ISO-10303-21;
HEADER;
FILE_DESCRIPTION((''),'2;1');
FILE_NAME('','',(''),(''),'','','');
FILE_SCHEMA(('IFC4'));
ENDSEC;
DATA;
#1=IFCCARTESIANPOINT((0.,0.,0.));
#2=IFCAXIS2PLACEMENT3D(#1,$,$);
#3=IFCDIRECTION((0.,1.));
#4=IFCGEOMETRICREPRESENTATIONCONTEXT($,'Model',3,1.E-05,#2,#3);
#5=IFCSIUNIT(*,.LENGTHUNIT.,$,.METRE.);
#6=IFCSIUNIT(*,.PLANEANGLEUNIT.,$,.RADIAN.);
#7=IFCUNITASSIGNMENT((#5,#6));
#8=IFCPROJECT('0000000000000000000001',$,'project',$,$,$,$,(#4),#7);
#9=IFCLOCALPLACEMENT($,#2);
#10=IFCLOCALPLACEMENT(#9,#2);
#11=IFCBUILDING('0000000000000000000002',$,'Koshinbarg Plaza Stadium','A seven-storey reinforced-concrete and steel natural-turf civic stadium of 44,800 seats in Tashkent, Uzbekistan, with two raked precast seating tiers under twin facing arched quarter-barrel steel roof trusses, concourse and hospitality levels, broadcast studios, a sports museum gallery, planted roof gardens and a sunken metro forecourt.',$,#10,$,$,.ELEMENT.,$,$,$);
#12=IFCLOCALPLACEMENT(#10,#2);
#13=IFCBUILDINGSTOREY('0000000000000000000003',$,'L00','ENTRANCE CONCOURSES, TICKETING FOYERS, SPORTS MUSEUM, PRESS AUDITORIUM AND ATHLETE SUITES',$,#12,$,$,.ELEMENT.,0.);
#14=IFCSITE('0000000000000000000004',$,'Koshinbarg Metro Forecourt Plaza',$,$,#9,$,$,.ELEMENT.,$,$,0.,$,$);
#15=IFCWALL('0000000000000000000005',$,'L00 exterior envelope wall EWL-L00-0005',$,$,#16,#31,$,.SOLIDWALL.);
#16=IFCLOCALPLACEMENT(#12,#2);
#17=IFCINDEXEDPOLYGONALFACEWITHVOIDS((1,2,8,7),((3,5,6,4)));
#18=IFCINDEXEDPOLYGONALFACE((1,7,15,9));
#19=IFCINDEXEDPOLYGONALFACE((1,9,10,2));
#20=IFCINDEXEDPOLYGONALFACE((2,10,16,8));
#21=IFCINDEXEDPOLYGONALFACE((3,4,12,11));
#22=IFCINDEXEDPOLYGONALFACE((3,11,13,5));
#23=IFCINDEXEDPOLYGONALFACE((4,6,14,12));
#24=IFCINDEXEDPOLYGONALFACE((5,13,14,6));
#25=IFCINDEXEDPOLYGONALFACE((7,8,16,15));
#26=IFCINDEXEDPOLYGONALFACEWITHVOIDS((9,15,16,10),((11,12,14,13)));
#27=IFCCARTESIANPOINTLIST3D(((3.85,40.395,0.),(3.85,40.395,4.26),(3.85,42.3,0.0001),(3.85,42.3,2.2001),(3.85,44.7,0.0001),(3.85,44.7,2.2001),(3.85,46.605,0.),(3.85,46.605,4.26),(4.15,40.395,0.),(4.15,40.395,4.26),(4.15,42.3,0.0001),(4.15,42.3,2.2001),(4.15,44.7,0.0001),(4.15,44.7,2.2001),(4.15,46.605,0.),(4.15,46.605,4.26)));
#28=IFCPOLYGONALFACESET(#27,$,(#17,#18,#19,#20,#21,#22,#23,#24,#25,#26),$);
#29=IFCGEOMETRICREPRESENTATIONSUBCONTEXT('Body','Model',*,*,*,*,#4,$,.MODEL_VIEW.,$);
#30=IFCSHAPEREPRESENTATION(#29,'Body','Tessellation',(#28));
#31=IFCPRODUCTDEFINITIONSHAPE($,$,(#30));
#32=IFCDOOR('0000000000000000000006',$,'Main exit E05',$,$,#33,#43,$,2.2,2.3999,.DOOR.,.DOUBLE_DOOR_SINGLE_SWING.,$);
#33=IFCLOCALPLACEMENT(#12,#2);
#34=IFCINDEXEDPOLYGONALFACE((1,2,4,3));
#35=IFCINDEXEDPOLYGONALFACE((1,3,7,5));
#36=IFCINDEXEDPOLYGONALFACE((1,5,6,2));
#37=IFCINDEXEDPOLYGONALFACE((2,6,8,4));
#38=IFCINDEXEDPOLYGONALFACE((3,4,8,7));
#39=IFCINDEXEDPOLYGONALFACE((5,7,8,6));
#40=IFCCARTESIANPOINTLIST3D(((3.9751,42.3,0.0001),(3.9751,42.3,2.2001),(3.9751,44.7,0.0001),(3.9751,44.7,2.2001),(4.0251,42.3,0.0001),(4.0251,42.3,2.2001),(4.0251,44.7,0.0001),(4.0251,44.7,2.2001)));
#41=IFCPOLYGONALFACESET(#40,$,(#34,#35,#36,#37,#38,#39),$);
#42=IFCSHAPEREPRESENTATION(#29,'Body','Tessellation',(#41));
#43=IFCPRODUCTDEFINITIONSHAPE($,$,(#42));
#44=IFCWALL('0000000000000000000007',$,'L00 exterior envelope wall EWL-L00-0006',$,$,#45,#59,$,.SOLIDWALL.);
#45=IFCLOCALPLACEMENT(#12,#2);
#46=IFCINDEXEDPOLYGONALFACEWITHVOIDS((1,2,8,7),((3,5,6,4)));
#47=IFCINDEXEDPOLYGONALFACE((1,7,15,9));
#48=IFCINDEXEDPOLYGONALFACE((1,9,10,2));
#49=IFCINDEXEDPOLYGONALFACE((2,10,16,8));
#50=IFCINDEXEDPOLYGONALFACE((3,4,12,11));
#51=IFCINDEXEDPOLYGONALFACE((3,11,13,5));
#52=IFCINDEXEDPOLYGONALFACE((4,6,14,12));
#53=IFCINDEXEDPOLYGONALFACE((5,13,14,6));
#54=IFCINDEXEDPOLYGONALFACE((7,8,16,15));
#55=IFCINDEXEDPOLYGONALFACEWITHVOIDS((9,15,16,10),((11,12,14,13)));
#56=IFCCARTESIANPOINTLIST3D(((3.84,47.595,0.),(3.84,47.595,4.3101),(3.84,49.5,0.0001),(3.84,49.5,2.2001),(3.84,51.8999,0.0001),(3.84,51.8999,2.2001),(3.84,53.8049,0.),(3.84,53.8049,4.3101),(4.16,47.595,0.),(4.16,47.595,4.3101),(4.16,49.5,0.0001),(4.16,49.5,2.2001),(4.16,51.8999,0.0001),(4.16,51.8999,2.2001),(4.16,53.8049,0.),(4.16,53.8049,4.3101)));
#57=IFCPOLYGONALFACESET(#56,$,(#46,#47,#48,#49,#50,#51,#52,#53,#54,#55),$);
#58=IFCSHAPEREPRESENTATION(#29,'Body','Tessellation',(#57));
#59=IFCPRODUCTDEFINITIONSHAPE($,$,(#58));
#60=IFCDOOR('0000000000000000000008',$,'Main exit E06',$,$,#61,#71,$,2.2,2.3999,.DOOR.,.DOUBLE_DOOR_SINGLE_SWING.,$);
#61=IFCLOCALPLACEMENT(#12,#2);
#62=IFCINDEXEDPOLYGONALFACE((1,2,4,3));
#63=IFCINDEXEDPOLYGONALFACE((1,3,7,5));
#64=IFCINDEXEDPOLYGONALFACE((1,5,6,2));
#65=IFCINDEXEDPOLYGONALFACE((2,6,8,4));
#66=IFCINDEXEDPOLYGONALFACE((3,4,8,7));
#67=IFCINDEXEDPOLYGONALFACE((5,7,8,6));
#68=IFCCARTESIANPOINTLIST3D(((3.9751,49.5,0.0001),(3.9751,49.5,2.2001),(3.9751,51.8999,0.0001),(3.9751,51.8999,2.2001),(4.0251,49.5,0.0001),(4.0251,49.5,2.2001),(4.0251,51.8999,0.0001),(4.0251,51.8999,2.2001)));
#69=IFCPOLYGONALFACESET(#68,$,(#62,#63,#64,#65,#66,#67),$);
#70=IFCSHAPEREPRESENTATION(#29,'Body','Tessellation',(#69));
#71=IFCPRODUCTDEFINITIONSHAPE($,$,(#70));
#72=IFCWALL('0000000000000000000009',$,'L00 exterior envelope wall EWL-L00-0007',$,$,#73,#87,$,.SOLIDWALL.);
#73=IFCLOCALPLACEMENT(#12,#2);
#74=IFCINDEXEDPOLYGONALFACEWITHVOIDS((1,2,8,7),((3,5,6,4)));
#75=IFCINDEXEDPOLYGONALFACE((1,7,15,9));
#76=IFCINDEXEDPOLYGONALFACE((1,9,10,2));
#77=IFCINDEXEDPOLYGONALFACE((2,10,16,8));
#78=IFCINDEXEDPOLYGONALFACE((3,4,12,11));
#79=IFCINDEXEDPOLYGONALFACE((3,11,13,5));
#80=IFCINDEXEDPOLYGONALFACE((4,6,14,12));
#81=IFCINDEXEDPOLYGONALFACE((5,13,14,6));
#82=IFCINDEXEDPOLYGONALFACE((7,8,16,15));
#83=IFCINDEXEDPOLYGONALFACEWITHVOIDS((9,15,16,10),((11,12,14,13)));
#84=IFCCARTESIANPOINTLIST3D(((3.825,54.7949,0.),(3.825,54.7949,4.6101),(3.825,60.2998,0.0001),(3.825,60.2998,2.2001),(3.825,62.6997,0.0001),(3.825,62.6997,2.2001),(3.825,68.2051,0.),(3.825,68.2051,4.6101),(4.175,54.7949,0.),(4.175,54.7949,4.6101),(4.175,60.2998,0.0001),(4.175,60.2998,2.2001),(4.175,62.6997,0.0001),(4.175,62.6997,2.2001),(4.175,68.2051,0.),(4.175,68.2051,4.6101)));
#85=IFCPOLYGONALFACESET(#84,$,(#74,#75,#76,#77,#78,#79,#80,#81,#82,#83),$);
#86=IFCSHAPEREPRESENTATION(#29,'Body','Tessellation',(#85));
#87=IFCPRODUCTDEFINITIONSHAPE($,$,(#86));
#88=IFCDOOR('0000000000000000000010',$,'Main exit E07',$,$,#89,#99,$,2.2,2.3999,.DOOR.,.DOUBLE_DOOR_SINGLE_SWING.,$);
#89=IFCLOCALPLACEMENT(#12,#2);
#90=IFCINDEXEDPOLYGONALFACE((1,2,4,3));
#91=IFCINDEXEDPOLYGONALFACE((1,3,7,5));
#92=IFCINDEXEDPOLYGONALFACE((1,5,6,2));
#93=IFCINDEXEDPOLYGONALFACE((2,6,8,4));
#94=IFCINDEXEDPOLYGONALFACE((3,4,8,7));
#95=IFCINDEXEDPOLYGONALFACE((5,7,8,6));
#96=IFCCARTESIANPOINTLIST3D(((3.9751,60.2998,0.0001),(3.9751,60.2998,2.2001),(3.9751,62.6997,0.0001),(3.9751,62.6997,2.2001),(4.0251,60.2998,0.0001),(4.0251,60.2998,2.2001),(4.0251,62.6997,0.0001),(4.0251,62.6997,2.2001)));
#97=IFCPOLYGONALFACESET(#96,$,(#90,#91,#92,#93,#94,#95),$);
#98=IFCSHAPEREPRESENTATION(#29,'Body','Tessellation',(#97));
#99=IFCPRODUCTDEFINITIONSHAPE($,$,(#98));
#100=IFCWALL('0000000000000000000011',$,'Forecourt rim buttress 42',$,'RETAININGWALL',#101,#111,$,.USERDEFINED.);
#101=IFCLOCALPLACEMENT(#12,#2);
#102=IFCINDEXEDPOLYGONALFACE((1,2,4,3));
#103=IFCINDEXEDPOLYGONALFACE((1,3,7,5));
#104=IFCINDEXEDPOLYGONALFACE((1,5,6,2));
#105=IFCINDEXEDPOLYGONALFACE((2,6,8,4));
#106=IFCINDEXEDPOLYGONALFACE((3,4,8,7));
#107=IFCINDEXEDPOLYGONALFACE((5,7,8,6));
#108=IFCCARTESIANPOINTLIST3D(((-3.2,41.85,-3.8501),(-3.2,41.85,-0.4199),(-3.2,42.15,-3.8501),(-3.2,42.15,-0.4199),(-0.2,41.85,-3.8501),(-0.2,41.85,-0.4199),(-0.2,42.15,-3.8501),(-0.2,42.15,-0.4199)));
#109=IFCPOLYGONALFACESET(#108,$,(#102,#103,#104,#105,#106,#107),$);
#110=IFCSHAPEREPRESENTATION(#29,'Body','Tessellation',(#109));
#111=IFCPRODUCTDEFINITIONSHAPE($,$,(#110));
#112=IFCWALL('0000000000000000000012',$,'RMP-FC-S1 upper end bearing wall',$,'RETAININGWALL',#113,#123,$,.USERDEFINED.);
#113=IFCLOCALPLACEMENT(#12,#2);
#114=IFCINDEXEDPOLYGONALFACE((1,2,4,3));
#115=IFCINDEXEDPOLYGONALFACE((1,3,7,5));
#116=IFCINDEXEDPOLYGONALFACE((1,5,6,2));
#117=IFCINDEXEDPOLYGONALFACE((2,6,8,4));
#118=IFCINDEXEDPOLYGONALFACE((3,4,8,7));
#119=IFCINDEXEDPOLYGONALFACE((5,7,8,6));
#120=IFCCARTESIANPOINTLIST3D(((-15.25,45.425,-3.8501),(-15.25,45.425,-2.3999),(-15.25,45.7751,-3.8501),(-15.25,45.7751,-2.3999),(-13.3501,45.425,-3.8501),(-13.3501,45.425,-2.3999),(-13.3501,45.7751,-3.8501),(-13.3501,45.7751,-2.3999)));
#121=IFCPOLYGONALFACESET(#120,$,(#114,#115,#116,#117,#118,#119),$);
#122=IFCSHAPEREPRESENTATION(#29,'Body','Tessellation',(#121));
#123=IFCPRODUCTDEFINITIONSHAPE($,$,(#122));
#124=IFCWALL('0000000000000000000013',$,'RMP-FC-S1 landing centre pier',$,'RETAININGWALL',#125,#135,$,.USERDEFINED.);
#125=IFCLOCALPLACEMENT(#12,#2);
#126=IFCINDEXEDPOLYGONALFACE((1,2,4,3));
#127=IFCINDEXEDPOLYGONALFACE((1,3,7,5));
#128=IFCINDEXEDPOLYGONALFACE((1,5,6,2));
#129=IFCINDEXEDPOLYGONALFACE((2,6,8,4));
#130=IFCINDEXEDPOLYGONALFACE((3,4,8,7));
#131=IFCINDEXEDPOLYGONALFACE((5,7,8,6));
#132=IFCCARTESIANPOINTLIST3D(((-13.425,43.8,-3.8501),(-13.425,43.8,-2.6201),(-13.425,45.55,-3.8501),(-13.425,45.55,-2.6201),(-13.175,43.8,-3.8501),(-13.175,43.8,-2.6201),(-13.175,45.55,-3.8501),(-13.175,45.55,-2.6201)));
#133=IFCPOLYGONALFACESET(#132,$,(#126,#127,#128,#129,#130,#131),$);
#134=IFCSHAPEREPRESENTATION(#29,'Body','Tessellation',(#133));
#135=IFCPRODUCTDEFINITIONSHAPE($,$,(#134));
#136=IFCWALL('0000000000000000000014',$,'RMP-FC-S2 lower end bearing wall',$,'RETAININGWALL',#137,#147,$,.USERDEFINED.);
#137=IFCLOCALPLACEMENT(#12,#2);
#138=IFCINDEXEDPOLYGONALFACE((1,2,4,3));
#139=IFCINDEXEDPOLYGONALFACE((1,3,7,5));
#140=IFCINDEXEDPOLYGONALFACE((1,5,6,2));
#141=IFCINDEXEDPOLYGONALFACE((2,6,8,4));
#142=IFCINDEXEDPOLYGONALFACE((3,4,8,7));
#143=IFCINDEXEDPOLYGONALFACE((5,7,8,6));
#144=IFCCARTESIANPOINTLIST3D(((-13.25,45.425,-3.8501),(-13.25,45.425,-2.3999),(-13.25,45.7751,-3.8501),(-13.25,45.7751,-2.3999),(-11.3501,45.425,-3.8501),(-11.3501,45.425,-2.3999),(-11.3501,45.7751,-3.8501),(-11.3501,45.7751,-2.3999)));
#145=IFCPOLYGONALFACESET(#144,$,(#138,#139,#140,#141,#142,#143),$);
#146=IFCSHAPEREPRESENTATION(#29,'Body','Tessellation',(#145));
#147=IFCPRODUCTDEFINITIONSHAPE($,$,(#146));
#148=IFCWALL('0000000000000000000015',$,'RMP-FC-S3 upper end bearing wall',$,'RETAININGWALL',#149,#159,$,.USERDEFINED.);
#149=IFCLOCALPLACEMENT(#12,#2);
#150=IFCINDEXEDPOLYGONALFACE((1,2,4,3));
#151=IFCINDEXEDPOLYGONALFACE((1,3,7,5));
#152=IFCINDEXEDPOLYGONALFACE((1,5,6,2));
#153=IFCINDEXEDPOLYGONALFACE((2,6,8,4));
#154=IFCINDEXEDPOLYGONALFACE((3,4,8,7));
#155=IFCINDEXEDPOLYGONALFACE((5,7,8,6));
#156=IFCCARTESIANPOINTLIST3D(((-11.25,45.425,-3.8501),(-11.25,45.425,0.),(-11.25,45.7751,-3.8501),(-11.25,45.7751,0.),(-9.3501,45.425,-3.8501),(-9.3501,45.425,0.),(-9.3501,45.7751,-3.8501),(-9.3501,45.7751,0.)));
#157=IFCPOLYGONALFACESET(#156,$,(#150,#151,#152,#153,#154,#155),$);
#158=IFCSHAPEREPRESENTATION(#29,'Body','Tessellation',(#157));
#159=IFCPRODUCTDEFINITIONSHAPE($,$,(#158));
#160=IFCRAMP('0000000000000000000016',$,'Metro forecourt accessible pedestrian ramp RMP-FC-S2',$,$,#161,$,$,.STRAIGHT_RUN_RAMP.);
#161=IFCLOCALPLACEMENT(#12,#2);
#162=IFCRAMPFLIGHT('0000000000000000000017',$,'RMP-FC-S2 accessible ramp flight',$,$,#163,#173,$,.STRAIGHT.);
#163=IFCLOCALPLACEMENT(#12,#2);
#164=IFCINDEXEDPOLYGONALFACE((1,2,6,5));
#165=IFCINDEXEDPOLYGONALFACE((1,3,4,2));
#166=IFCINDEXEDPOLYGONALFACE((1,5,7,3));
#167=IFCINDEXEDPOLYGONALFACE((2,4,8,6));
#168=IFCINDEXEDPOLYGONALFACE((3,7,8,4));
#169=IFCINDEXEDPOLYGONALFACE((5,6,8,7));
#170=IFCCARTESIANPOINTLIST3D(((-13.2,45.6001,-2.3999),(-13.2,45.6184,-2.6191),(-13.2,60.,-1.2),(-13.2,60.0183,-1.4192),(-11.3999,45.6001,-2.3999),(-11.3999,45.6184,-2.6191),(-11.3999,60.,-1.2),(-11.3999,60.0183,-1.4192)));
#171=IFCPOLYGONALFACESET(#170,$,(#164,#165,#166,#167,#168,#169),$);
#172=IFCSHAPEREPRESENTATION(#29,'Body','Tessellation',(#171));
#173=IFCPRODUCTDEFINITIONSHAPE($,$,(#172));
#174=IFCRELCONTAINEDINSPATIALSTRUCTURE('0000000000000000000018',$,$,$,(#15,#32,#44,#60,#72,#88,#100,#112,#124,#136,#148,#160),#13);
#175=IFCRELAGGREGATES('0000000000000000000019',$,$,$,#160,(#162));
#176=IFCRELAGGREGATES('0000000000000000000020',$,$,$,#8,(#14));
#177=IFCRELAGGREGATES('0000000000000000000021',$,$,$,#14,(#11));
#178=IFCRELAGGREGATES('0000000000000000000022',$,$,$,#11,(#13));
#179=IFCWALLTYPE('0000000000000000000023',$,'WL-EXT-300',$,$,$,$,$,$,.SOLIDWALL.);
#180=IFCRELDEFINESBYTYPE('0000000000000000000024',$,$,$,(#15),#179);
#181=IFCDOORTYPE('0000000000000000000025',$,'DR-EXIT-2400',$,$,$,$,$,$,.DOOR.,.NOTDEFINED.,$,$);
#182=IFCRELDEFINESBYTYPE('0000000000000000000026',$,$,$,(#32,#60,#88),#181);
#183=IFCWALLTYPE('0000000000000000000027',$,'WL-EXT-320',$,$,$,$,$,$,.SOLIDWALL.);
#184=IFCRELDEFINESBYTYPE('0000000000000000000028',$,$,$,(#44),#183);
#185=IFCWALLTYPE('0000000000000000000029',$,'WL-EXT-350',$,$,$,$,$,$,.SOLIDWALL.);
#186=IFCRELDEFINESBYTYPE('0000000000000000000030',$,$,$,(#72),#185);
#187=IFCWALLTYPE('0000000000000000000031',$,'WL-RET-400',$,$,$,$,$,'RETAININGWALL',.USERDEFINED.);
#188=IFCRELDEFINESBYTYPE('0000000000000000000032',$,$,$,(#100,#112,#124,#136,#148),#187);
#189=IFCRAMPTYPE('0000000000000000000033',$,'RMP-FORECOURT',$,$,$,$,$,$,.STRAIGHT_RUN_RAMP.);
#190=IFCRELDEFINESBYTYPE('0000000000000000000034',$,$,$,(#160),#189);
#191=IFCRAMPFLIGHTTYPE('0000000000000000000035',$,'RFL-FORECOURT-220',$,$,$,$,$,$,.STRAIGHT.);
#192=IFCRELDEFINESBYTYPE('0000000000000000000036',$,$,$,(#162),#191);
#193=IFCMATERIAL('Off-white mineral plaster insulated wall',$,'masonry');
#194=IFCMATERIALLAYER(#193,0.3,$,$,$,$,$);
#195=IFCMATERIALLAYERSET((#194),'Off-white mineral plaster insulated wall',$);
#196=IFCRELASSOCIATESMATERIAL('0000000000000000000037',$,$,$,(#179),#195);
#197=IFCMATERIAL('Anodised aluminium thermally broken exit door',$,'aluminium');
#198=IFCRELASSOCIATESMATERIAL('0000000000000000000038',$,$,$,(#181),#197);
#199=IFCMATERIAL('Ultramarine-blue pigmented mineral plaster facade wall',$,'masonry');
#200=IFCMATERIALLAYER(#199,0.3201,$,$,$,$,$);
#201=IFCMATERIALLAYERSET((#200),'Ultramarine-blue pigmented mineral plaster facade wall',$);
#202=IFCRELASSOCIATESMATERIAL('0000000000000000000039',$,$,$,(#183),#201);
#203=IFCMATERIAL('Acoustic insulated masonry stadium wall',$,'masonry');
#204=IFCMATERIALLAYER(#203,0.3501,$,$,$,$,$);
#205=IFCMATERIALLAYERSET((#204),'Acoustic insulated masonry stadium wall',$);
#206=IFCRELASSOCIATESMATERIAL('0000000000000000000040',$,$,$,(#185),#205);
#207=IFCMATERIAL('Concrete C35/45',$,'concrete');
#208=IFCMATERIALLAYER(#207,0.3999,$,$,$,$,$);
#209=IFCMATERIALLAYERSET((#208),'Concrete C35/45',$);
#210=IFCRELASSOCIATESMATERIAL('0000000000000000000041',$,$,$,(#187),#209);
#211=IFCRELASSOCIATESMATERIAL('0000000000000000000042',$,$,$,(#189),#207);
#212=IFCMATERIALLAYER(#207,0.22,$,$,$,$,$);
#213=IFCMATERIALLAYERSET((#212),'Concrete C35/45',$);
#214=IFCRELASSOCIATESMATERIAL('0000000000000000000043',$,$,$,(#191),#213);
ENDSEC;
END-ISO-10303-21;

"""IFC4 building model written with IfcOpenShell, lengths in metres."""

from ifc_helpers import new_model, si_unit, direction, frame, frame_2d, origin, place, context, subcontext, project, spatial, polyline, rectangle, outline, extrude, material, layer, layer_set, type_object, element, fill, aggregate, save


model = new_model("IFC4")

# Units and contexts
model_context = context("Model", 3, precision=1e-05, world=origin(), true_north=direction((0.0, 1.0)))
body_context = subcontext(model_context, "Body", "Model", "MODEL_VIEW")
ifc_project = project(units=[si_unit("LENGTHUNIT", "METRE"), si_unit("PLANEANGLEUNIT", "RADIAN")], contexts=[model_context])

# Site, building, storey
site_placement = place(None, origin())
site = spatial("IfcSite", under=ifc_project, at=site_placement, Name="Koshinbarg Metro Forecourt Plaza", CompositionType="ELEMENT", RefElevation=0.0)
building_placement = place(site_placement, origin())
building = spatial("IfcBuilding", under=site, at=building_placement, Name="Koshinbarg Plaza Stadium", Description="A seven-storey reinforced-concrete and steel natural-turf civic stadium of 44,800 seats in Tashkent, Uzbekistan, with two raked precast seating tiers under twin facing arched quarter-barrel steel roof trusses, concourse and hospitality levels, broadcast studios, a sports museum gallery, planted roof gardens and a sunken metro forecourt.", CompositionType="ELEMENT")
storey_placement = place(building_placement, origin())
storey = spatial("IfcBuildingStorey", under=building, at=storey_placement, Name="L00", Description="ENTRANCE CONCOURSES, TICKETING FOYERS, SPORTS MUSEUM, PRESS AUDITORIUM AND ATHLETE SUITES", CompositionType="ELEMENT", Elevation=0.0)

# Shared definitions
ifc_material_1 = material(Name="Concrete C35/45", Category="concrete")

# Walls, openings, doors
ifc_material_2 = material(Name="Off-white mineral plaster insulated wall", Category="masonry")
ifc_layer_1 = layer(ifc_material_2, 0.3)
ifc_layer_set_1 = layer_set([ifc_layer_1], Name="Off-white mineral plaster insulated wall")
wall_type_1 = type_object("IfcWallType", Name="WL-EXT-300", PredefinedType="SOLIDWALL", material=ifc_layer_set_1)
wall_1_placement = place(storey_placement, frame((4.0, 40.395, 0.0), z_axis=(0.0, 0.0, 1.0), x_axis=(0.0, 1.0, 0.0)))
wall_1 = element("IfcWall", 1, at=wall_1_placement, inside=storey, type_object=wall_type_1, Name="L00 exterior envelope wall EWL-L00-0005", PredefinedType="SOLIDWALL", context=body_context, shape_type="SweptSolid", body=[
    extrude(rectangle(XDim=6.21, YDim=0.3, at=frame_2d((3.105, 0.0))), origin(), (0.0, 0.0, 1.0), 4.26),
])
opening_1_placement = place(wall_1_placement, frame((1.905, 0.0, 0.0)))
opening_1 = element("IfcOpeningElement", 2, at=opening_1_placement, cuts=wall_1, PredefinedType="OPENING", context=body_context, shape_type="SweptSolid", body=[
    extrude(rectangle(XDim=2.3999, YDim=2.2, at=frame_2d((1.2, 1.1001))), frame((0.0, 0.1599, 0.0), z_axis=(0.0, -1.0, 0.0), x_axis=(1.0, 0.0, 0.0)), (0.0, 0.0, 1.0), 0.3201),
])
ifc_material_3 = material(Name="Anodised aluminium thermally broken exit door", Category="aluminium")
door_type = type_object("IfcDoorType", Name="DR-EXIT-2400", OperationType="NOTDEFINED", PredefinedType="DOOR", material=ifc_material_3)
door_1_placement = place(opening_1_placement, origin())
door_1 = element("IfcDoor", 3, at=door_1_placement, inside=storey, type_object=door_type, Name="Main exit E05", OperationType="DOUBLE_DOOR_SINGLE_SWING", OverallHeight=2.2, OverallWidth=2.3999, PredefinedType="DOOR", context=body_context, shape_type="SweptSolid", body=[
    extrude(rectangle(XDim=2.3999, YDim=2.2, at=frame_2d((1.2, 1.1001))), frame((0.0, 0.0249, 0.0), z_axis=(0.0, -1.0, 0.0), x_axis=(1.0, 0.0, 0.0)), (0.0, 0.0, 1.0), 0.05),
])
fill(opening_1, door_1)
ifc_material_4 = material(Name="Ultramarine-blue pigmented mineral plaster facade wall", Category="masonry")
ifc_layer_2 = layer(ifc_material_4, 0.3201)
ifc_layer_set_2 = layer_set([ifc_layer_2], Name="Ultramarine-blue pigmented mineral plaster facade wall")
wall_type_2 = type_object("IfcWallType", Name="WL-EXT-320", PredefinedType="SOLIDWALL", material=ifc_layer_set_2)
wall_2_placement = place(storey_placement, frame((4.0, 47.595, 0.0), z_axis=(0.0, 0.0, 1.0), x_axis=(0.0, 1.0, 0.0)))
wall_2 = element("IfcWall", 4, at=wall_2_placement, inside=storey, type_object=wall_type_2, Name="L00 exterior envelope wall EWL-L00-0006", PredefinedType="SOLIDWALL", context=body_context, shape_type="SweptSolid", body=[
    extrude(rectangle(XDim=6.21, YDim=0.3201, at=frame_2d((3.105, 0.0))), origin(), (0.0, 0.0, 1.0), 4.3101),
])
opening_2_placement = place(wall_2_placement, frame((1.905, 0.0, 0.0)))
opening_2 = element("IfcOpeningElement", 5, at=opening_2_placement, cuts=wall_2, PredefinedType="OPENING", context=body_context, shape_type="SweptSolid", body=[
    extrude(rectangle(XDim=2.3999, YDim=2.2, at=frame_2d((1.2, 1.1001))), frame((0.0, 0.1699, 0.0), z_axis=(0.0, -1.0, 0.0), x_axis=(1.0, 0.0, 0.0)), (0.0, 0.0, 1.0), 0.3401),
])
door_2_placement = place(opening_2_placement, origin())
door_2 = element("IfcDoor", 6, at=door_2_placement, inside=storey, type_object=door_type, Name="Main exit E06", OperationType="DOUBLE_DOOR_SINGLE_SWING", OverallHeight=2.2, OverallWidth=2.3999, PredefinedType="DOOR", context=body_context, shape_type="SweptSolid", body=[
    extrude(rectangle(XDim=2.3999, YDim=2.2, at=frame_2d((1.2, 1.1001))), frame((0.0, 0.0249, 0.0), z_axis=(0.0, -1.0, 0.0), x_axis=(1.0, 0.0, 0.0)), (0.0, 0.0, 1.0), 0.05),
])
fill(opening_2, door_2)
ifc_material_5 = material(Name="Acoustic insulated masonry stadium wall", Category="masonry")
ifc_layer_3 = layer(ifc_material_5, 0.3501)
ifc_layer_set_3 = layer_set([ifc_layer_3], Name="Acoustic insulated masonry stadium wall")
wall_type_3 = type_object("IfcWallType", Name="WL-EXT-350", PredefinedType="SOLIDWALL", material=ifc_layer_set_3)
wall_3_placement = place(storey_placement, frame((4.0, 54.7949, 0.0), z_axis=(0.0, 0.0, 1.0), x_axis=(0.0, 1.0, 0.0)))
wall_3 = element("IfcWall", 7, at=wall_3_placement, inside=storey, type_object=wall_type_3, Name="L00 exterior envelope wall EWL-L00-0007", PredefinedType="SOLIDWALL", context=body_context, shape_type="SweptSolid", body=[
    extrude(rectangle(XDim=13.4102, YDim=0.3501, at=frame_2d((6.7051, 0.0))), origin(), (0.0, 0.0, 1.0), 4.6101),
])
opening_3_placement = place(wall_3_placement, frame((5.5049, 0.0, 0.0)))
opening_3 = element("IfcOpeningElement", 8, at=opening_3_placement, cuts=wall_3, PredefinedType="OPENING", context=body_context, shape_type="SweptSolid", body=[
    extrude(rectangle(XDim=2.3999, YDim=2.2, at=frame_2d((1.2, 1.1001))), frame((0.0, 0.1851, 0.0), z_axis=(0.0, -1.0, 0.0), x_axis=(1.0, 0.0, 0.0)), (0.0, 0.0, 1.0), 0.3701),
])
door_3_placement = place(opening_3_placement, origin())
door_3 = element("IfcDoor", 9, at=door_3_placement, inside=storey, type_object=door_type, Name="Main exit E07", OperationType="DOUBLE_DOOR_SINGLE_SWING", OverallHeight=2.2, OverallWidth=2.3999, PredefinedType="DOOR", context=body_context, shape_type="SweptSolid", body=[
    extrude(rectangle(XDim=2.3999, YDim=2.2, at=frame_2d((1.2, 1.1001))), frame((0.0, 0.0249, 0.0), z_axis=(0.0, -1.0, 0.0), x_axis=(1.0, 0.0, 0.0)), (0.0, 0.0, 1.0), 0.05),
])
fill(opening_3, door_3)

# Walls
ifc_layer_4 = layer(ifc_material_1, 0.3999)
ifc_layer_set_4 = layer_set([ifc_layer_4], Name="Concrete C35/45")
wall_type_4 = type_object("IfcWallType", Name="WL-RET-400", ElementType="RETAININGWALL", PredefinedType="USERDEFINED", material=ifc_layer_set_4)
wall_4_placement = place(storey_placement, frame((-3.2, 42.0, -3.8501), z_axis=(0.0, 0.0, 1.0), x_axis=(1.0, 0.0, 0.0)))
element("IfcWall", 10, at=wall_4_placement, inside=storey, type_object=wall_type_4, Name="Forecourt rim buttress 42", ObjectType="RETAININGWALL", PredefinedType="USERDEFINED", context=body_context, shape_type="SweptSolid", body=[
    extrude(rectangle(XDim=3.0, YDim=0.3, at=frame_2d((1.5, 0.0))), origin(), (0.0, 0.0, 1.0), 3.4302),
])
wall_5_placement = place(storey_placement, frame((-15.25, 45.6001, -3.8501), z_axis=(0.0, 0.0, 1.0), x_axis=(1.0, 0.0, 0.0)))
element("IfcWall", 11, at=wall_5_placement, inside=storey, type_object=wall_type_4, Name="RMP-FC-S1 upper end bearing wall", ObjectType="RETAININGWALL", PredefinedType="USERDEFINED", context=body_context, shape_type="SweptSolid", body=[
    extrude(rectangle(XDim=1.8999, YDim=0.3501, at=frame_2d((0.95, 0.0))), origin(), (0.0, 0.0, 1.0), 1.4502),
])
wall_6_placement = place(storey_placement, frame((-13.3, 43.8, -3.8501), z_axis=(0.0, 0.0, 1.0), x_axis=(0.0, 1.0, 0.0)))
element("IfcWall", 12, at=wall_6_placement, inside=storey, type_object=wall_type_4, Name="RMP-FC-S1 landing centre pier", ObjectType="RETAININGWALL", PredefinedType="USERDEFINED", context=body_context, shape_type="SweptSolid", body=[
    extrude(rectangle(XDim=1.75, YDim=0.25, at=frame_2d((0.875, 0.0))), origin(), (0.0, 0.0, 1.0), 1.23),
])
wall_7_placement = place(storey_placement, frame((-13.25, 45.6001, -3.8501), z_axis=(0.0, 0.0, 1.0), x_axis=(1.0, 0.0, 0.0)))
element("IfcWall", 13, at=wall_7_placement, inside=storey, type_object=wall_type_4, Name="RMP-FC-S2 lower end bearing wall", ObjectType="RETAININGWALL", PredefinedType="USERDEFINED", context=body_context, shape_type="SweptSolid", body=[
    extrude(rectangle(XDim=1.8999, YDim=0.3501, at=frame_2d((0.95, 0.0))), origin(), (0.0, 0.0, 1.0), 1.4502),
])
wall_8_placement = place(storey_placement, frame((-11.25, 45.6001, -3.8501), z_axis=(0.0, 0.0, 1.0), x_axis=(1.0, 0.0, 0.0)))
element("IfcWall", 14, at=wall_8_placement, inside=storey, type_object=wall_type_4, Name="RMP-FC-S3 upper end bearing wall", ObjectType="RETAININGWALL", PredefinedType="USERDEFINED", context=body_context, shape_type="SweptSolid", body=[
    extrude(rectangle(XDim=1.8999, YDim=0.3501, at=frame_2d((0.95, 0.0))), origin(), (0.0, 0.0, 1.0), 3.8501),
])

# Ramp, ramp flight
ramp_type = type_object("IfcRampType", Name="RMP-FORECOURT", PredefinedType="STRAIGHT_RUN_RAMP", material=ifc_material_1)
ramp_placement = place(storey_placement, origin())
ramp = element("IfcRamp", 15, at=ramp_placement, inside=storey, type_object=ramp_type, Name="Metro forecourt accessible pedestrian ramp RMP-FC-S2", PredefinedType="STRAIGHT_RUN_RAMP")
ifc_layer_5 = layer(ifc_material_1, 0.22)
ifc_layer_set_5 = layer_set([ifc_layer_5], Name="Concrete C35/45")
ramp_flight_type = type_object("IfcRampFlightType", Name="RFL-FORECOURT-220", PredefinedType="STRAIGHT", material=ifc_layer_set_5)
ramp_flight_placement = place(storey_placement, frame((-13.2, 45.6001, -2.3999), z_axis=(0.0, -0.083043, 0.996546), x_axis=(1.0, 0.0, 0.0)))
ramp_flight = element("IfcRampFlight", 16, at=ramp_flight_placement, type_object=ramp_flight_type, Name="RMP-FC-S2 accessible ramp flight", PredefinedType="STRAIGHT", context=body_context, shape_type="SweptSolid", body=[
    extrude(outline(polyline([(0.0, 0.0), (1.8, 0.0), (1.8, 14.4498), (0.0, 14.4498), (0.0, 0.0)])), origin(), (0.0, 0.0, -1.0), 0.22),
])
aggregate(ramp, [ramp_flight])

save(model, "model.ifc")
